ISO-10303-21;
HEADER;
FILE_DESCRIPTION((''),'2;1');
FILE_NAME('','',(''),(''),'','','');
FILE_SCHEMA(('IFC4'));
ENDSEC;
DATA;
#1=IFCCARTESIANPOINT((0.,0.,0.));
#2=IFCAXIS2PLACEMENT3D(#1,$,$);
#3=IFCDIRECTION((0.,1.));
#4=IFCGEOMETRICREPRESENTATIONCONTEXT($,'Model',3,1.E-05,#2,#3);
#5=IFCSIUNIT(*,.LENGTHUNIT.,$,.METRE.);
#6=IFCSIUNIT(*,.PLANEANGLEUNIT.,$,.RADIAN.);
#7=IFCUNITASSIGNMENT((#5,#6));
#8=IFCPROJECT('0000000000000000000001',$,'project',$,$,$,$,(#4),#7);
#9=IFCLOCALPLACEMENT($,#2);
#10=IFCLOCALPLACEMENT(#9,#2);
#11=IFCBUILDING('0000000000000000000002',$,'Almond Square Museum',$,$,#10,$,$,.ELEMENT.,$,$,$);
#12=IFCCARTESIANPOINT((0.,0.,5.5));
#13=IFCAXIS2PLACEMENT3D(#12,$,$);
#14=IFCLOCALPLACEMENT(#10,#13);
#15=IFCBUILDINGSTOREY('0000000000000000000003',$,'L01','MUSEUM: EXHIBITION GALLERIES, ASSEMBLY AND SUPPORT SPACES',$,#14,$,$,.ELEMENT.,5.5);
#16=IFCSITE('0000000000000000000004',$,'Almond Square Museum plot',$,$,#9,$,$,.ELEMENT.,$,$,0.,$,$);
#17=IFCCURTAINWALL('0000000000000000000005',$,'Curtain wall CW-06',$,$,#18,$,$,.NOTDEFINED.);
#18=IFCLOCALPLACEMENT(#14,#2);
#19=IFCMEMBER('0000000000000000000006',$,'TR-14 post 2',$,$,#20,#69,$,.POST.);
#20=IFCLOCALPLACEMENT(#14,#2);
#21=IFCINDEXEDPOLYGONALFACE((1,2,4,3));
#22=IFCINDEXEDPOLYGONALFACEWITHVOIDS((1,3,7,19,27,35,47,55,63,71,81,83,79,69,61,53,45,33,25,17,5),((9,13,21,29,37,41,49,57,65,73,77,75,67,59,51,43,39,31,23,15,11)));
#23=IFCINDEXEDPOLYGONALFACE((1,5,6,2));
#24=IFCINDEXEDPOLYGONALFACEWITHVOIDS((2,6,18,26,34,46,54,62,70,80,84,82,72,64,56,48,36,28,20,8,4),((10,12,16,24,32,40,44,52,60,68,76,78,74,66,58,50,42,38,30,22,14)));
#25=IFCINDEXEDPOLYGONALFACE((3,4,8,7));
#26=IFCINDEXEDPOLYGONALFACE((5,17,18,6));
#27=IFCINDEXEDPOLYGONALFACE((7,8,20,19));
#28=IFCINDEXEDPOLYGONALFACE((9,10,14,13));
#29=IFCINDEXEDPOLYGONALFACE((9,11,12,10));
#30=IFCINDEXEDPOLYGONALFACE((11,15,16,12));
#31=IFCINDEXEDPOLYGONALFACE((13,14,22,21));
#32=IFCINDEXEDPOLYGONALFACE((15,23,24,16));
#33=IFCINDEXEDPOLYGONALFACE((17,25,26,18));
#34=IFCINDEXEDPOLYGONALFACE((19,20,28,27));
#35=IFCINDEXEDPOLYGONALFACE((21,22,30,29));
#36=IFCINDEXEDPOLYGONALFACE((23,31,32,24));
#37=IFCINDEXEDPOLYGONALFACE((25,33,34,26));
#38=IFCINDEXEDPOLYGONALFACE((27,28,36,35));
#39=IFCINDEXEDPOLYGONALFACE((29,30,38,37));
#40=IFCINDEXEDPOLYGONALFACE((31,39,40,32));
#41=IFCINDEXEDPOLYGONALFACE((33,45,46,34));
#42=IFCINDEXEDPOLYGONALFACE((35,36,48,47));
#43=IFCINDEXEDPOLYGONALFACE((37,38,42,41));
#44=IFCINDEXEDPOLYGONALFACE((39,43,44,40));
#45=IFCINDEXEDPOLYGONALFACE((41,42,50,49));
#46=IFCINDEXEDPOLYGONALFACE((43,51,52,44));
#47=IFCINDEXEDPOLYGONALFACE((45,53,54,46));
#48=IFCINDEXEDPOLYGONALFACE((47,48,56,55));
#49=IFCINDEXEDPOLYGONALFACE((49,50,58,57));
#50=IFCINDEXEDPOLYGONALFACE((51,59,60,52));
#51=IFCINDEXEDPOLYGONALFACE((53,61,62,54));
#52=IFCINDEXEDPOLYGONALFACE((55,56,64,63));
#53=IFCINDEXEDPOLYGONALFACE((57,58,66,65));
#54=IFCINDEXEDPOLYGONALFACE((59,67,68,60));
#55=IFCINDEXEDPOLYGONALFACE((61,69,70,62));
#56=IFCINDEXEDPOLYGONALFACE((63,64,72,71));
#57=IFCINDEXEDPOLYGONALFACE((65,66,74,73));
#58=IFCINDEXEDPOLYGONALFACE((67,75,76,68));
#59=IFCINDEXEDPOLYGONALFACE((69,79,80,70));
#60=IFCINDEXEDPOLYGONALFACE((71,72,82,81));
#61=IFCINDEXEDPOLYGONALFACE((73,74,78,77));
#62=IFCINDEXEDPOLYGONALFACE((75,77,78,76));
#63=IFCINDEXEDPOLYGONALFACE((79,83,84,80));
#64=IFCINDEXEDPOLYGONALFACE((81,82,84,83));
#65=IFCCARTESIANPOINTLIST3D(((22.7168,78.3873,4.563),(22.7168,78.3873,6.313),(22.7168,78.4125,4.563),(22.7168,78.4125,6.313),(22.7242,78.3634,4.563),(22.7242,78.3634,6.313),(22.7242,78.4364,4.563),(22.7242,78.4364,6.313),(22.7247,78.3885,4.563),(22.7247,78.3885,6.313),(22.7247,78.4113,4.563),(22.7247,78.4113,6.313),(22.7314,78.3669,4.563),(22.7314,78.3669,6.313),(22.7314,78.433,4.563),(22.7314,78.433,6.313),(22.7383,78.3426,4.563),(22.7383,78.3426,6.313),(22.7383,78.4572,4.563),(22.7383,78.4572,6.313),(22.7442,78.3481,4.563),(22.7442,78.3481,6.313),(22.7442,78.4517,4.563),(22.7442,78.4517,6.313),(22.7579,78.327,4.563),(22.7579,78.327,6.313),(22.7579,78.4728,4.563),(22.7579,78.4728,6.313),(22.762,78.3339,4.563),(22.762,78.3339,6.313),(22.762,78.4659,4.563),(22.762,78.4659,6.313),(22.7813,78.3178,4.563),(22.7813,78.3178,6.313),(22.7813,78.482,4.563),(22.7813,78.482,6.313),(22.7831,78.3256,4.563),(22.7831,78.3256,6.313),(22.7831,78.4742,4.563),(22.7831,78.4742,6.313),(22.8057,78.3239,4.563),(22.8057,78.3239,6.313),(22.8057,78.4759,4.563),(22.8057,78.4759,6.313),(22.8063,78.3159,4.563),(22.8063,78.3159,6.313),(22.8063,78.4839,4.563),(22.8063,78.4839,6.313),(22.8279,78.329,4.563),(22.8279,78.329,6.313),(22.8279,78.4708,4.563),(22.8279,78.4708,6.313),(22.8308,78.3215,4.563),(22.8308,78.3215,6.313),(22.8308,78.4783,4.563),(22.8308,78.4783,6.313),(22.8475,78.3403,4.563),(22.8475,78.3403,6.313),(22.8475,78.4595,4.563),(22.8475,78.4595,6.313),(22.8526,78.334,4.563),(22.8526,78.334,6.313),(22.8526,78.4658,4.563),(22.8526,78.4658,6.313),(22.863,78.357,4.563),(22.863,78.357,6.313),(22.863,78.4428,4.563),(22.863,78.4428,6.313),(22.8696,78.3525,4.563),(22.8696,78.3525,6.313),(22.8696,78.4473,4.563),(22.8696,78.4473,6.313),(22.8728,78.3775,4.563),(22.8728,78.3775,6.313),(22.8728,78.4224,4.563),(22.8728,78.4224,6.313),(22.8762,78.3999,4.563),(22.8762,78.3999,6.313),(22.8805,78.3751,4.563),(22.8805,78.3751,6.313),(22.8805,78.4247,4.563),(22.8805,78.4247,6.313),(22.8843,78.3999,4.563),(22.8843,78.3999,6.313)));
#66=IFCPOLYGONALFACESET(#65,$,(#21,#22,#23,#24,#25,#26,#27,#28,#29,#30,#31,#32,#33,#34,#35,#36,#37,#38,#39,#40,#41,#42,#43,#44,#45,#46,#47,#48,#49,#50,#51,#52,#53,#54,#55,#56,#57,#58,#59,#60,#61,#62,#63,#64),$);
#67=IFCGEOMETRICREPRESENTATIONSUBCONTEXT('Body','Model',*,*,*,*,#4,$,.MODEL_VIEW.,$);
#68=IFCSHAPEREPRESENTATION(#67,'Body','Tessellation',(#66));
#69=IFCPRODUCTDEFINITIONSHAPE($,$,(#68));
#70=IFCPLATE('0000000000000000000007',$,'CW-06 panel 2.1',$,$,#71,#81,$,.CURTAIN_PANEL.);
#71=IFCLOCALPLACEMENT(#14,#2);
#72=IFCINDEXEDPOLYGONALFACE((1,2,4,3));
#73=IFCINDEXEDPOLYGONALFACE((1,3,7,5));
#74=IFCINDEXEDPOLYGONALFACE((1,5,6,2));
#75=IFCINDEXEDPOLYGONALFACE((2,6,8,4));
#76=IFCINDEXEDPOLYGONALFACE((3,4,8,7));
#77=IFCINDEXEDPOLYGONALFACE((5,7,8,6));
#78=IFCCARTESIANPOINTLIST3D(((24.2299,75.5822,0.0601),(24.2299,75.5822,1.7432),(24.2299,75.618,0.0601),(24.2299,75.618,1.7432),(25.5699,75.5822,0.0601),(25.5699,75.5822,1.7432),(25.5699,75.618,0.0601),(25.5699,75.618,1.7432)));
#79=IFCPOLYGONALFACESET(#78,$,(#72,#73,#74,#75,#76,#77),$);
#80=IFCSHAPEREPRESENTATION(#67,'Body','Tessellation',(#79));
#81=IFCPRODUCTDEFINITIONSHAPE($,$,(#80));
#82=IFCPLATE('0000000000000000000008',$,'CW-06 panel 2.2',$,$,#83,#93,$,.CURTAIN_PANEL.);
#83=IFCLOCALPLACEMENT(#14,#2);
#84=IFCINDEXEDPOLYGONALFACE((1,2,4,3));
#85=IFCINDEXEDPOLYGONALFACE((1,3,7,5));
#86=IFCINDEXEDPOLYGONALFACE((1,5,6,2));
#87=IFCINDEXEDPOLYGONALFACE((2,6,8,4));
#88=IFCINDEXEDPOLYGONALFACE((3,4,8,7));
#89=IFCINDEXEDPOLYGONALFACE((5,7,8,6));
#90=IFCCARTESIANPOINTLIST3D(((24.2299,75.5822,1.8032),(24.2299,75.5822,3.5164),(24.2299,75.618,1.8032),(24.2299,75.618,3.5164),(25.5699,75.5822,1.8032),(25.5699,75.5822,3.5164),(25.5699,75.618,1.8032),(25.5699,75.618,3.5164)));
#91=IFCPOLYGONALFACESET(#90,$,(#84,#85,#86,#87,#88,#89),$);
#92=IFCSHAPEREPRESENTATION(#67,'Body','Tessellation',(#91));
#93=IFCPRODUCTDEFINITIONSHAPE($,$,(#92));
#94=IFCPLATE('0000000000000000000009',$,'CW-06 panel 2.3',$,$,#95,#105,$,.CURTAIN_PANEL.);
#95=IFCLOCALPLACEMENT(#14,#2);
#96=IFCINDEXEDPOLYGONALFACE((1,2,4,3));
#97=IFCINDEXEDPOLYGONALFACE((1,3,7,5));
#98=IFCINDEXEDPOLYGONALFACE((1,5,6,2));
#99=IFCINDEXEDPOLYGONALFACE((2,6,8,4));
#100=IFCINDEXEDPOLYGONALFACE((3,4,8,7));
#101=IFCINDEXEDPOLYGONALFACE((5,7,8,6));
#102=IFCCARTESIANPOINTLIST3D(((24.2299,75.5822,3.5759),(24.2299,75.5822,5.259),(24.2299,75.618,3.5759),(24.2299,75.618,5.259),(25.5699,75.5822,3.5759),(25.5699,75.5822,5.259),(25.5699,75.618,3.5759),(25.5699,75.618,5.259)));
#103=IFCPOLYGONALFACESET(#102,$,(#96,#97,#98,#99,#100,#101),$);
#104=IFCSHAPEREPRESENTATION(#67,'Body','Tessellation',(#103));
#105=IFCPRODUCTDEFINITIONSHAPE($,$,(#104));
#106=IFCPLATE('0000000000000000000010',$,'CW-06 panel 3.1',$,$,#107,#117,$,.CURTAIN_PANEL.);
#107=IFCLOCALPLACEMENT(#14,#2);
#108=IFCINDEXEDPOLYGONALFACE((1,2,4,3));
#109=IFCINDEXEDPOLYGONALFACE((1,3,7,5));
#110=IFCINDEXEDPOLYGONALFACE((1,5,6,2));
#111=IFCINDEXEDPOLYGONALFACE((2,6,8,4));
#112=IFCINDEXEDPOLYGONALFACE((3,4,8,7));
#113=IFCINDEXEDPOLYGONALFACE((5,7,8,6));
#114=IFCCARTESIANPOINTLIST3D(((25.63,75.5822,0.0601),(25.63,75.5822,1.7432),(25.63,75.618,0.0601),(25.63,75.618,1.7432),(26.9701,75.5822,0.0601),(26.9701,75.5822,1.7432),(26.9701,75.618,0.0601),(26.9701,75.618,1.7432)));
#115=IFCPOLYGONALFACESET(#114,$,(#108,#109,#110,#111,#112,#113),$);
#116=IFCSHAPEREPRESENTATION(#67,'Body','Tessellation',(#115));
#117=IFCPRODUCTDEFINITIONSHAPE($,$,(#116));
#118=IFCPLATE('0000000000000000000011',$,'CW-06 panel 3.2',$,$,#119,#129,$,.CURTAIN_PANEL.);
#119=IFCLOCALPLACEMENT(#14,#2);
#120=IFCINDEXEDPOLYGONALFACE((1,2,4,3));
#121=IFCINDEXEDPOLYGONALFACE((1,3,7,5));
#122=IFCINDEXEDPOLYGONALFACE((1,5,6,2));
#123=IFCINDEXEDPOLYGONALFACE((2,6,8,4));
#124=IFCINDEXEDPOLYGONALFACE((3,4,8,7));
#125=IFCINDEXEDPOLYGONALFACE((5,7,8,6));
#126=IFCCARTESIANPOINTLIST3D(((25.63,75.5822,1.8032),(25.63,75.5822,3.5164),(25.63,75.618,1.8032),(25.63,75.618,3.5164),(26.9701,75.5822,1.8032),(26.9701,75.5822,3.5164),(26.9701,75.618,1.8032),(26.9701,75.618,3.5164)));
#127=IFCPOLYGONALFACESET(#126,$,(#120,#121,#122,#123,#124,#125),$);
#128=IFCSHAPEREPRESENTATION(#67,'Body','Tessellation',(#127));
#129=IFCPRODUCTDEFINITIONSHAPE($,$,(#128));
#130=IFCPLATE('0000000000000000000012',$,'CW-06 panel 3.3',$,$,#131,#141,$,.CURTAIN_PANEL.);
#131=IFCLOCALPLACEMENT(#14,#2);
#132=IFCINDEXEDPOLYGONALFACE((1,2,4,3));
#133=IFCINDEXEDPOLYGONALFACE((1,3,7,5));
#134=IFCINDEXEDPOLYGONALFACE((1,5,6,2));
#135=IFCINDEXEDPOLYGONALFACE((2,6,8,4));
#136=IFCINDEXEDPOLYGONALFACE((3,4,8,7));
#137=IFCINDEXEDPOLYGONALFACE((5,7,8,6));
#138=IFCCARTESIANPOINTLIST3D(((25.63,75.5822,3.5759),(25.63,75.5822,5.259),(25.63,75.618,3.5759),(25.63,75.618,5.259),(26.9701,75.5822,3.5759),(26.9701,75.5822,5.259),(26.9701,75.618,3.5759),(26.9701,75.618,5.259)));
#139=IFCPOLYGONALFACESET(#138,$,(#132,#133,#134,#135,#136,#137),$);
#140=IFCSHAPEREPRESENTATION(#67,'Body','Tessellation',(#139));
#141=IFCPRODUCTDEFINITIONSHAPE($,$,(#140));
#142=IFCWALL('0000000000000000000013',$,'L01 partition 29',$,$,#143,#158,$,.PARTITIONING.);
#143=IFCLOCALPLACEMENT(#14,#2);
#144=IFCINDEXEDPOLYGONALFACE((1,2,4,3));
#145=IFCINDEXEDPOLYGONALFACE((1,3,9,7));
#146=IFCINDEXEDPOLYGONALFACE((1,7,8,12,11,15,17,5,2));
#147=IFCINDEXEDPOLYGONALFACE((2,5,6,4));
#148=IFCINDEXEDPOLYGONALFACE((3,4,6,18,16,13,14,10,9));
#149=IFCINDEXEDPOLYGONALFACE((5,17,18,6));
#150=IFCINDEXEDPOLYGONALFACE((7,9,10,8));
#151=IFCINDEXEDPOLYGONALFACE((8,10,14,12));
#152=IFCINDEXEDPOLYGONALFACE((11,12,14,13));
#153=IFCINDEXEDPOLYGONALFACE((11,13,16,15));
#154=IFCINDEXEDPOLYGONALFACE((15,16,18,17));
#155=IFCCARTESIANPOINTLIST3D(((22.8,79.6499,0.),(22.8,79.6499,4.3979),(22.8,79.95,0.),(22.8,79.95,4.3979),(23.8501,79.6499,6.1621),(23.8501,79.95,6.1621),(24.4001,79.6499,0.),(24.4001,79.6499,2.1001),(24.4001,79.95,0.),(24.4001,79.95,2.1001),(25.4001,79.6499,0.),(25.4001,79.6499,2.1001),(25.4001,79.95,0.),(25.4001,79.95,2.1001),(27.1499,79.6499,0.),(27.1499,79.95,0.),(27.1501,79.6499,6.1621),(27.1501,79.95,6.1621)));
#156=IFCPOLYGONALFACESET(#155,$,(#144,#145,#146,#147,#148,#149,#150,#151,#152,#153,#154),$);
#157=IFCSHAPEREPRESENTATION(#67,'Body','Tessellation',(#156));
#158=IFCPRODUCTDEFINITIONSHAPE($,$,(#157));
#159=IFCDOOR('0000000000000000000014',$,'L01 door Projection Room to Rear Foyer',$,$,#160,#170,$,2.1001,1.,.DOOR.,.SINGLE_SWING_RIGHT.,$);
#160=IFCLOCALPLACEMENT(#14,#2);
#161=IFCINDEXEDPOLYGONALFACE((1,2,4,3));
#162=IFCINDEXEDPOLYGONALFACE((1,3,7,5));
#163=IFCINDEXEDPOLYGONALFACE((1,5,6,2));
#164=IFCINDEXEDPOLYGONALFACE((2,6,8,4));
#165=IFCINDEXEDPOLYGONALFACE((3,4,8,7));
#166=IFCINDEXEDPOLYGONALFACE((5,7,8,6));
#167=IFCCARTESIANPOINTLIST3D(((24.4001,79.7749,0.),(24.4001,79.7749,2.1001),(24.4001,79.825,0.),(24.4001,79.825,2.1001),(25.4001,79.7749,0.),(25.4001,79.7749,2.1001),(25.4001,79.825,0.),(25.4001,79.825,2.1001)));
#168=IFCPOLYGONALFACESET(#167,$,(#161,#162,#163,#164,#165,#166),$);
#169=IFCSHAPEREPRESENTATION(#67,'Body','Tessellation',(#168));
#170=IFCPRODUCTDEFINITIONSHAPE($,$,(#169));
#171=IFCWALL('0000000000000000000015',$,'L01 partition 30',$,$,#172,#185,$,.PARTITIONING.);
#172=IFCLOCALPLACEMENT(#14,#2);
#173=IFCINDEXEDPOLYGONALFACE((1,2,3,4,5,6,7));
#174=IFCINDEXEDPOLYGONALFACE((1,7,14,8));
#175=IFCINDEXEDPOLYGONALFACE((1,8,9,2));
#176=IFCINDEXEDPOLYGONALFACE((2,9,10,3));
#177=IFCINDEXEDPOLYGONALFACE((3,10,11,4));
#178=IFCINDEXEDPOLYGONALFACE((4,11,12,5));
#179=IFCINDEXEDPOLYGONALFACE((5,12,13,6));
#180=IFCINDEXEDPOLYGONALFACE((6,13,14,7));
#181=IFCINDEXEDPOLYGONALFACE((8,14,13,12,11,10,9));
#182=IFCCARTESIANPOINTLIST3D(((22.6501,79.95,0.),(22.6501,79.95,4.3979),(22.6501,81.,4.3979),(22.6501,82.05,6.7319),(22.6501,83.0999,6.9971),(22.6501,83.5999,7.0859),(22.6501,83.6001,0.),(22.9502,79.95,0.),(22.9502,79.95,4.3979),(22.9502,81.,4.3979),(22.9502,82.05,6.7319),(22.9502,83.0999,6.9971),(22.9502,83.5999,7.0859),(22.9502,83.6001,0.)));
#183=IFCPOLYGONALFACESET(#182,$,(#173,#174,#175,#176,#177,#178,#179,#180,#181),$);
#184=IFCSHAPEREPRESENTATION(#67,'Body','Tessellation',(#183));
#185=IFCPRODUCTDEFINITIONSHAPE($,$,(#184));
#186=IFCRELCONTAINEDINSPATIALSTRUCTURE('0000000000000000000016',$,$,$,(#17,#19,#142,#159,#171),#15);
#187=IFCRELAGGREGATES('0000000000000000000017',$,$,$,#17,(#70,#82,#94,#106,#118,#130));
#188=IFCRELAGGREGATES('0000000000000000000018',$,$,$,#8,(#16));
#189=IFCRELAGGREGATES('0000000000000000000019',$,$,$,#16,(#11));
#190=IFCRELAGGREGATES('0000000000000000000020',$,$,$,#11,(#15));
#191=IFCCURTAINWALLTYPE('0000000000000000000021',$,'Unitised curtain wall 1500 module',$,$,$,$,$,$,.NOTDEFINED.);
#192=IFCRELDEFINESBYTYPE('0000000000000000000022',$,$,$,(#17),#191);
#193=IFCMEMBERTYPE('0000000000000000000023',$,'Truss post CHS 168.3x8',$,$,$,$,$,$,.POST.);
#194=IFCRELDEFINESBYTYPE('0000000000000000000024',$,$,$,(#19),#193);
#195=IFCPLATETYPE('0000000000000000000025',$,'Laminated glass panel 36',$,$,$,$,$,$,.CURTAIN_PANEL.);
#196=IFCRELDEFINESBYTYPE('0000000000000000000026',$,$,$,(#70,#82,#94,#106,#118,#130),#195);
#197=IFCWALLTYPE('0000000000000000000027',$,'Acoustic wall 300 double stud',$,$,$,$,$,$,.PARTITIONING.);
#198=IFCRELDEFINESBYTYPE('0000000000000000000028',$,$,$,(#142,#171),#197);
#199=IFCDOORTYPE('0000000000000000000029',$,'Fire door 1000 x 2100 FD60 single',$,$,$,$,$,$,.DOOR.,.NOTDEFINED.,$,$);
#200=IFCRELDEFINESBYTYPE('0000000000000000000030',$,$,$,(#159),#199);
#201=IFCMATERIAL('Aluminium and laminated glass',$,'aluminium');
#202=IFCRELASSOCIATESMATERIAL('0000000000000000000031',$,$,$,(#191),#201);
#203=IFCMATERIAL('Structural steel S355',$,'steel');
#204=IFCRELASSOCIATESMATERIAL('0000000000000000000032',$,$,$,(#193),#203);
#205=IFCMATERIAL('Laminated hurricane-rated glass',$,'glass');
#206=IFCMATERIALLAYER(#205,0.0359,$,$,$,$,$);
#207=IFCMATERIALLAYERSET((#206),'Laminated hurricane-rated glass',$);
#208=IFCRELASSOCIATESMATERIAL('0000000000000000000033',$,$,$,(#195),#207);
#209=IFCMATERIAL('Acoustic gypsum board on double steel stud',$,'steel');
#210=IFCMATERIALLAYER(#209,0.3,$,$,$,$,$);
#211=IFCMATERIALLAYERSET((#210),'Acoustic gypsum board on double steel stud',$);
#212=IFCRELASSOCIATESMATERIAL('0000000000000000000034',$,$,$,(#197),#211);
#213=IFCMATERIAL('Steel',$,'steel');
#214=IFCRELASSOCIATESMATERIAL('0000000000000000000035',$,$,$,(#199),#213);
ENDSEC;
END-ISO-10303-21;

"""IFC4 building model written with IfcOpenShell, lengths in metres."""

from ifc_helpers import new_model, si_unit, direction, frame, frame_2d, origin, origin_2d, place, context, subcontext, project, spatial, polyline, rectangle, hollow_circle, outline, extrude, material, layer, layer_set, material_profile, profile_set, type_object, element, fill, aggregate, save


model = new_model("IFC4")

# Units and contexts
model_context = context("Model", 3, precision=1e-05, world=origin(), true_north=direction((0.0, 1.0)))
body_context = subcontext(model_context, "Body", "Model", "MODEL_VIEW")
ifc_project = project(units=[si_unit("LENGTHUNIT", "METRE"), si_unit("PLANEANGLEUNIT", "RADIAN")], contexts=[model_context])

# Site, building, storey
site_placement = place(None, origin())
site = spatial("IfcSite", under=ifc_project, at=site_placement, Name="Almond Square Museum plot", CompositionType="ELEMENT", RefElevation=0.0)
building_placement = place(site_placement, origin())
building = spatial("IfcBuilding", under=site, at=building_placement, Name="Almond Square Museum", CompositionType="ELEMENT")
storey_placement = place(building_placement, frame((0.0, 0.0, 5.5)))
storey = spatial("IfcBuildingStorey", under=building, at=storey_placement, Name="L01", Description="MUSEUM: EXHIBITION GALLERIES, ASSEMBLY AND SUPPORT SPACES", CompositionType="ELEMENT", Elevation=5.5)

# Curtain wall
ifc_material_1 = material(Name="Aluminium and laminated glass", Category="aluminium")
curtain_wall_type = type_object("IfcCurtainWallType", Name="Unitised curtain wall 1500 module", PredefinedType="NOTDEFINED", material=ifc_material_1)
curtain_wall_placement = place(storey_placement, origin())
curtain_wall = element("IfcCurtainWall", 1, at=curtain_wall_placement, inside=storey, type_object=curtain_wall_type, Name="Curtain wall CW-06", PredefinedType="NOTDEFINED")

# Member
ifc_material_2 = material(Name="Structural steel S355", Category="steel")
ifc_material_profile_1 = material_profile(ifc_material_2, hollow_circle(Radius=0.0842, WallThickness=0.0081, at=origin_2d()))
ifc_profile_set_1 = profile_set([ifc_material_profile_1], Name="Structural steel S355")
member_type_1 = type_object("IfcMemberType", Name="Truss post CHS 168.3x8", PredefinedType="POST", material=ifc_profile_set_1)
member_1_placement = place(storey_placement, frame((22.8, 78.3999, 4.563), z_axis=(0.0, 0.0, 1.0), x_axis=(1.0, 0.0, 0.0)))
element("IfcMember", 2, at=member_1_placement, inside=storey, type_object=member_type_1, Name="TR-14 post 2", PredefinedType="POST", context=body_context, shape_type="SweptSolid", body=[
    extrude(hollow_circle(Radius=0.0842, WallThickness=0.0081, at=origin_2d()), origin(), (0.0, 0.0, 1.0), 1.75),
])

# Plates
ifc_material_3 = material(Name="Laminated hurricane-rated glass", Category="glass")
ifc_layer_1 = layer(ifc_material_3, 0.0359)
ifc_layer_set_1 = layer_set([ifc_layer_1], Name="Laminated hurricane-rated glass")
plate_type = type_object("IfcPlateType", Name="Laminated glass panel 36", PredefinedType="CURTAIN_PANEL", material=ifc_layer_set_1)
plate_1_placement = place(storey_placement, frame((24.8999, 75.6001, 0.0601), z_axis=(0.0, 0.0, 1.0), x_axis=(1.0, 0.0, 0.0)))
plate_1 = element("IfcPlate", 3, at=plate_1_placement, type_object=plate_type, Name="CW-06 panel 2.1", PredefinedType="CURTAIN_PANEL", context=body_context, shape_type="SweptSolid", body=[
    extrude(rectangle(XDim=1.3401, YDim=0.0359, at=origin_2d()), origin(), (0.0, 0.0, 1.0), 1.6831),
])
plate_2_placement = place(storey_placement, frame((24.8999, 75.6001, 1.8032), z_axis=(0.0, 0.0, 1.0), x_axis=(1.0, 0.0, 0.0)))
plate_2 = element("IfcPlate", 4, at=plate_2_placement, type_object=plate_type, Name="CW-06 panel 2.2", PredefinedType="CURTAIN_PANEL", context=body_context, shape_type="SweptSolid", body=[
    extrude(rectangle(XDim=1.3401, YDim=0.0359, at=origin_2d()), origin(), (0.0, 0.0, 1.0), 1.7131),
])
plate_3_placement = place(storey_placement, frame((24.8999, 75.6001, 3.5759), z_axis=(0.0, 0.0, 1.0), x_axis=(1.0, 0.0, 0.0)))
plate_3 = element("IfcPlate", 5, at=plate_3_placement, type_object=plate_type, Name="CW-06 panel 2.3", PredefinedType="CURTAIN_PANEL", context=body_context, shape_type="SweptSolid", body=[
    extrude(rectangle(XDim=1.3401, YDim=0.0359, at=origin_2d()), origin(), (0.0, 0.0, 1.0), 1.6831),
])
plate_4_placement = place(storey_placement, frame((26.3, 75.6001, 0.0601), z_axis=(0.0, 0.0, 1.0), x_axis=(1.0, 0.0, 0.0)))
plate_4 = element("IfcPlate", 6, at=plate_4_placement, type_object=plate_type, Name="CW-06 panel 3.1", PredefinedType="CURTAIN_PANEL", context=body_context, shape_type="SweptSolid", body=[
    extrude(rectangle(XDim=1.3401, YDim=0.0359, at=origin_2d()), origin(), (0.0, 0.0, 1.0), 1.6831),
])
plate_5_placement = place(storey_placement, frame((26.3, 75.6001, 1.8032), z_axis=(0.0, 0.0, 1.0), x_axis=(1.0, 0.0, 0.0)))
plate_5 = element("IfcPlate", 7, at=plate_5_placement, type_object=plate_type, Name="CW-06 panel 3.2", PredefinedType="CURTAIN_PANEL", context=body_context, shape_type="SweptSolid", body=[
    extrude(rectangle(XDim=1.3401, YDim=0.0359, at=origin_2d()), origin(), (0.0, 0.0, 1.0), 1.7131),
])
plate_6_placement = place(storey_placement, frame((26.3, 75.6001, 3.5759), z_axis=(0.0, 0.0, 1.0), x_axis=(1.0, 0.0, 0.0)))
plate_6 = element("IfcPlate", 8, at=plate_6_placement, type_object=plate_type, Name="CW-06 panel 3.3", PredefinedType="CURTAIN_PANEL", context=body_context, shape_type="SweptSolid", body=[
    extrude(rectangle(XDim=1.3401, YDim=0.0359, at=origin_2d()), origin(), (0.0, 0.0, 1.0), 1.6831),
])
aggregate(curtain_wall, [plate_1, plate_2, plate_3, plate_4, plate_5, plate_6])

# Wall, opening, door
ifc_material_4 = material(Name="Acoustic gypsum board on double steel stud", Category="steel")
ifc_layer_2 = layer(ifc_material_4, 0.3)
ifc_layer_set_2 = layer_set([ifc_layer_2], Name="Acoustic gypsum board on double steel stud")
wall_type_1 = type_object("IfcWallType", Name="Acoustic wall 300 double stud", PredefinedType="PARTITIONING", material=ifc_layer_set_2)
wall_1_placement = place(storey_placement, frame((22.8, 79.8, 0.0), z_axis=(0.0, 0.0, 1.0), x_axis=(1.0, 0.0, 0.0)))
wall_1 = element("IfcWall", 9, at=wall_1_placement, inside=storey, type_object=wall_type_1, Name="L01 partition 29", PredefinedType="PARTITIONING", context=body_context, shape_type="SweptSolid", body=[
    extrude(outline(polyline([(0.0, 0.0), (4.3499, 0.0), (4.3501, 6.1621), (1.05, 6.1621), (0.0, 4.3979), (0.0, 0.0)])), frame((0.0, 0.1499, 0.0), z_axis=(0.0, -1.0, 0.0), x_axis=(1.0, 0.0, 0.0)), (0.0, 0.0, 1.0), 0.3),
])
opening_1_placement = place(wall_1_placement, frame((1.6001, 0.0, 0.0)))
opening_1 = element("IfcOpeningElement", 10, at=opening_1_placement, cuts=wall_1, PredefinedType="OPENING", context=body_context, shape_type="SweptSolid", body=[
    extrude(rectangle(XDim=1.0, YDim=2.1001, at=frame_2d((0.5, 1.05))), frame((0.0, 0.1599, 0.0), z_axis=(0.0, -1.0, 0.0), x_axis=(1.0, 0.0, 0.0)), (0.0, 0.0, 1.0), 0.3201),
])
ifc_material_5 = material(Name="Steel", Category="steel")
door_type_1 = type_object("IfcDoorType", Name="Fire door 1000 x 2100 FD60 single", OperationType="NOTDEFINED", PredefinedType="DOOR", material=ifc_material_5)
door_1_placement = place(opening_1_placement, origin())
door_1 = element("IfcDoor", 11, at=door_1_placement, inside=storey, type_object=door_type_1, Name="L01 door Projection Room to Rear Foyer", OperationType="SINGLE_SWING_RIGHT", OverallHeight=2.1001, OverallWidth=1.0, PredefinedType="DOOR", context=body_context, shape_type="SweptSolid", body=[
    extrude(rectangle(XDim=1.0, YDim=2.1001, at=frame_2d((0.5, 1.05))), frame((0.0, 0.0249, 0.0), z_axis=(0.0, -1.0, 0.0), x_axis=(1.0, 0.0, 0.0)), (0.0, 0.0, 1.0), 0.05),
])
fill(opening_1, door_1)

# Wall
wall_2_placement = place(storey_placement, frame((22.8, 79.95, 0.0), z_axis=(0.0, 0.0, 1.0), x_axis=(0.0, 1.0, 0.0)))
element("IfcWall", 12, at=wall_2_placement, inside=storey, type_object=wall_type_1, Name="L01 partition 30", PredefinedType="PARTITIONING", context=body_context, shape_type="SweptSolid", body=[
    extrude(outline(polyline([(0.0, 0.0), (3.6501, 0.0), (3.6499, 7.0859), (3.1499, 6.9971), (2.1001, 6.7319), (1.05, 4.3979), (0.0, 4.3979), (0.0, 0.0)])), frame((0.0, 0.1499, 0.0), z_axis=(0.0, -1.0, 0.0), x_axis=(1.0, 0.0, 0.0)), (0.0, 0.0, 1.0), 0.3),
])

save(model, "model.ifc")
